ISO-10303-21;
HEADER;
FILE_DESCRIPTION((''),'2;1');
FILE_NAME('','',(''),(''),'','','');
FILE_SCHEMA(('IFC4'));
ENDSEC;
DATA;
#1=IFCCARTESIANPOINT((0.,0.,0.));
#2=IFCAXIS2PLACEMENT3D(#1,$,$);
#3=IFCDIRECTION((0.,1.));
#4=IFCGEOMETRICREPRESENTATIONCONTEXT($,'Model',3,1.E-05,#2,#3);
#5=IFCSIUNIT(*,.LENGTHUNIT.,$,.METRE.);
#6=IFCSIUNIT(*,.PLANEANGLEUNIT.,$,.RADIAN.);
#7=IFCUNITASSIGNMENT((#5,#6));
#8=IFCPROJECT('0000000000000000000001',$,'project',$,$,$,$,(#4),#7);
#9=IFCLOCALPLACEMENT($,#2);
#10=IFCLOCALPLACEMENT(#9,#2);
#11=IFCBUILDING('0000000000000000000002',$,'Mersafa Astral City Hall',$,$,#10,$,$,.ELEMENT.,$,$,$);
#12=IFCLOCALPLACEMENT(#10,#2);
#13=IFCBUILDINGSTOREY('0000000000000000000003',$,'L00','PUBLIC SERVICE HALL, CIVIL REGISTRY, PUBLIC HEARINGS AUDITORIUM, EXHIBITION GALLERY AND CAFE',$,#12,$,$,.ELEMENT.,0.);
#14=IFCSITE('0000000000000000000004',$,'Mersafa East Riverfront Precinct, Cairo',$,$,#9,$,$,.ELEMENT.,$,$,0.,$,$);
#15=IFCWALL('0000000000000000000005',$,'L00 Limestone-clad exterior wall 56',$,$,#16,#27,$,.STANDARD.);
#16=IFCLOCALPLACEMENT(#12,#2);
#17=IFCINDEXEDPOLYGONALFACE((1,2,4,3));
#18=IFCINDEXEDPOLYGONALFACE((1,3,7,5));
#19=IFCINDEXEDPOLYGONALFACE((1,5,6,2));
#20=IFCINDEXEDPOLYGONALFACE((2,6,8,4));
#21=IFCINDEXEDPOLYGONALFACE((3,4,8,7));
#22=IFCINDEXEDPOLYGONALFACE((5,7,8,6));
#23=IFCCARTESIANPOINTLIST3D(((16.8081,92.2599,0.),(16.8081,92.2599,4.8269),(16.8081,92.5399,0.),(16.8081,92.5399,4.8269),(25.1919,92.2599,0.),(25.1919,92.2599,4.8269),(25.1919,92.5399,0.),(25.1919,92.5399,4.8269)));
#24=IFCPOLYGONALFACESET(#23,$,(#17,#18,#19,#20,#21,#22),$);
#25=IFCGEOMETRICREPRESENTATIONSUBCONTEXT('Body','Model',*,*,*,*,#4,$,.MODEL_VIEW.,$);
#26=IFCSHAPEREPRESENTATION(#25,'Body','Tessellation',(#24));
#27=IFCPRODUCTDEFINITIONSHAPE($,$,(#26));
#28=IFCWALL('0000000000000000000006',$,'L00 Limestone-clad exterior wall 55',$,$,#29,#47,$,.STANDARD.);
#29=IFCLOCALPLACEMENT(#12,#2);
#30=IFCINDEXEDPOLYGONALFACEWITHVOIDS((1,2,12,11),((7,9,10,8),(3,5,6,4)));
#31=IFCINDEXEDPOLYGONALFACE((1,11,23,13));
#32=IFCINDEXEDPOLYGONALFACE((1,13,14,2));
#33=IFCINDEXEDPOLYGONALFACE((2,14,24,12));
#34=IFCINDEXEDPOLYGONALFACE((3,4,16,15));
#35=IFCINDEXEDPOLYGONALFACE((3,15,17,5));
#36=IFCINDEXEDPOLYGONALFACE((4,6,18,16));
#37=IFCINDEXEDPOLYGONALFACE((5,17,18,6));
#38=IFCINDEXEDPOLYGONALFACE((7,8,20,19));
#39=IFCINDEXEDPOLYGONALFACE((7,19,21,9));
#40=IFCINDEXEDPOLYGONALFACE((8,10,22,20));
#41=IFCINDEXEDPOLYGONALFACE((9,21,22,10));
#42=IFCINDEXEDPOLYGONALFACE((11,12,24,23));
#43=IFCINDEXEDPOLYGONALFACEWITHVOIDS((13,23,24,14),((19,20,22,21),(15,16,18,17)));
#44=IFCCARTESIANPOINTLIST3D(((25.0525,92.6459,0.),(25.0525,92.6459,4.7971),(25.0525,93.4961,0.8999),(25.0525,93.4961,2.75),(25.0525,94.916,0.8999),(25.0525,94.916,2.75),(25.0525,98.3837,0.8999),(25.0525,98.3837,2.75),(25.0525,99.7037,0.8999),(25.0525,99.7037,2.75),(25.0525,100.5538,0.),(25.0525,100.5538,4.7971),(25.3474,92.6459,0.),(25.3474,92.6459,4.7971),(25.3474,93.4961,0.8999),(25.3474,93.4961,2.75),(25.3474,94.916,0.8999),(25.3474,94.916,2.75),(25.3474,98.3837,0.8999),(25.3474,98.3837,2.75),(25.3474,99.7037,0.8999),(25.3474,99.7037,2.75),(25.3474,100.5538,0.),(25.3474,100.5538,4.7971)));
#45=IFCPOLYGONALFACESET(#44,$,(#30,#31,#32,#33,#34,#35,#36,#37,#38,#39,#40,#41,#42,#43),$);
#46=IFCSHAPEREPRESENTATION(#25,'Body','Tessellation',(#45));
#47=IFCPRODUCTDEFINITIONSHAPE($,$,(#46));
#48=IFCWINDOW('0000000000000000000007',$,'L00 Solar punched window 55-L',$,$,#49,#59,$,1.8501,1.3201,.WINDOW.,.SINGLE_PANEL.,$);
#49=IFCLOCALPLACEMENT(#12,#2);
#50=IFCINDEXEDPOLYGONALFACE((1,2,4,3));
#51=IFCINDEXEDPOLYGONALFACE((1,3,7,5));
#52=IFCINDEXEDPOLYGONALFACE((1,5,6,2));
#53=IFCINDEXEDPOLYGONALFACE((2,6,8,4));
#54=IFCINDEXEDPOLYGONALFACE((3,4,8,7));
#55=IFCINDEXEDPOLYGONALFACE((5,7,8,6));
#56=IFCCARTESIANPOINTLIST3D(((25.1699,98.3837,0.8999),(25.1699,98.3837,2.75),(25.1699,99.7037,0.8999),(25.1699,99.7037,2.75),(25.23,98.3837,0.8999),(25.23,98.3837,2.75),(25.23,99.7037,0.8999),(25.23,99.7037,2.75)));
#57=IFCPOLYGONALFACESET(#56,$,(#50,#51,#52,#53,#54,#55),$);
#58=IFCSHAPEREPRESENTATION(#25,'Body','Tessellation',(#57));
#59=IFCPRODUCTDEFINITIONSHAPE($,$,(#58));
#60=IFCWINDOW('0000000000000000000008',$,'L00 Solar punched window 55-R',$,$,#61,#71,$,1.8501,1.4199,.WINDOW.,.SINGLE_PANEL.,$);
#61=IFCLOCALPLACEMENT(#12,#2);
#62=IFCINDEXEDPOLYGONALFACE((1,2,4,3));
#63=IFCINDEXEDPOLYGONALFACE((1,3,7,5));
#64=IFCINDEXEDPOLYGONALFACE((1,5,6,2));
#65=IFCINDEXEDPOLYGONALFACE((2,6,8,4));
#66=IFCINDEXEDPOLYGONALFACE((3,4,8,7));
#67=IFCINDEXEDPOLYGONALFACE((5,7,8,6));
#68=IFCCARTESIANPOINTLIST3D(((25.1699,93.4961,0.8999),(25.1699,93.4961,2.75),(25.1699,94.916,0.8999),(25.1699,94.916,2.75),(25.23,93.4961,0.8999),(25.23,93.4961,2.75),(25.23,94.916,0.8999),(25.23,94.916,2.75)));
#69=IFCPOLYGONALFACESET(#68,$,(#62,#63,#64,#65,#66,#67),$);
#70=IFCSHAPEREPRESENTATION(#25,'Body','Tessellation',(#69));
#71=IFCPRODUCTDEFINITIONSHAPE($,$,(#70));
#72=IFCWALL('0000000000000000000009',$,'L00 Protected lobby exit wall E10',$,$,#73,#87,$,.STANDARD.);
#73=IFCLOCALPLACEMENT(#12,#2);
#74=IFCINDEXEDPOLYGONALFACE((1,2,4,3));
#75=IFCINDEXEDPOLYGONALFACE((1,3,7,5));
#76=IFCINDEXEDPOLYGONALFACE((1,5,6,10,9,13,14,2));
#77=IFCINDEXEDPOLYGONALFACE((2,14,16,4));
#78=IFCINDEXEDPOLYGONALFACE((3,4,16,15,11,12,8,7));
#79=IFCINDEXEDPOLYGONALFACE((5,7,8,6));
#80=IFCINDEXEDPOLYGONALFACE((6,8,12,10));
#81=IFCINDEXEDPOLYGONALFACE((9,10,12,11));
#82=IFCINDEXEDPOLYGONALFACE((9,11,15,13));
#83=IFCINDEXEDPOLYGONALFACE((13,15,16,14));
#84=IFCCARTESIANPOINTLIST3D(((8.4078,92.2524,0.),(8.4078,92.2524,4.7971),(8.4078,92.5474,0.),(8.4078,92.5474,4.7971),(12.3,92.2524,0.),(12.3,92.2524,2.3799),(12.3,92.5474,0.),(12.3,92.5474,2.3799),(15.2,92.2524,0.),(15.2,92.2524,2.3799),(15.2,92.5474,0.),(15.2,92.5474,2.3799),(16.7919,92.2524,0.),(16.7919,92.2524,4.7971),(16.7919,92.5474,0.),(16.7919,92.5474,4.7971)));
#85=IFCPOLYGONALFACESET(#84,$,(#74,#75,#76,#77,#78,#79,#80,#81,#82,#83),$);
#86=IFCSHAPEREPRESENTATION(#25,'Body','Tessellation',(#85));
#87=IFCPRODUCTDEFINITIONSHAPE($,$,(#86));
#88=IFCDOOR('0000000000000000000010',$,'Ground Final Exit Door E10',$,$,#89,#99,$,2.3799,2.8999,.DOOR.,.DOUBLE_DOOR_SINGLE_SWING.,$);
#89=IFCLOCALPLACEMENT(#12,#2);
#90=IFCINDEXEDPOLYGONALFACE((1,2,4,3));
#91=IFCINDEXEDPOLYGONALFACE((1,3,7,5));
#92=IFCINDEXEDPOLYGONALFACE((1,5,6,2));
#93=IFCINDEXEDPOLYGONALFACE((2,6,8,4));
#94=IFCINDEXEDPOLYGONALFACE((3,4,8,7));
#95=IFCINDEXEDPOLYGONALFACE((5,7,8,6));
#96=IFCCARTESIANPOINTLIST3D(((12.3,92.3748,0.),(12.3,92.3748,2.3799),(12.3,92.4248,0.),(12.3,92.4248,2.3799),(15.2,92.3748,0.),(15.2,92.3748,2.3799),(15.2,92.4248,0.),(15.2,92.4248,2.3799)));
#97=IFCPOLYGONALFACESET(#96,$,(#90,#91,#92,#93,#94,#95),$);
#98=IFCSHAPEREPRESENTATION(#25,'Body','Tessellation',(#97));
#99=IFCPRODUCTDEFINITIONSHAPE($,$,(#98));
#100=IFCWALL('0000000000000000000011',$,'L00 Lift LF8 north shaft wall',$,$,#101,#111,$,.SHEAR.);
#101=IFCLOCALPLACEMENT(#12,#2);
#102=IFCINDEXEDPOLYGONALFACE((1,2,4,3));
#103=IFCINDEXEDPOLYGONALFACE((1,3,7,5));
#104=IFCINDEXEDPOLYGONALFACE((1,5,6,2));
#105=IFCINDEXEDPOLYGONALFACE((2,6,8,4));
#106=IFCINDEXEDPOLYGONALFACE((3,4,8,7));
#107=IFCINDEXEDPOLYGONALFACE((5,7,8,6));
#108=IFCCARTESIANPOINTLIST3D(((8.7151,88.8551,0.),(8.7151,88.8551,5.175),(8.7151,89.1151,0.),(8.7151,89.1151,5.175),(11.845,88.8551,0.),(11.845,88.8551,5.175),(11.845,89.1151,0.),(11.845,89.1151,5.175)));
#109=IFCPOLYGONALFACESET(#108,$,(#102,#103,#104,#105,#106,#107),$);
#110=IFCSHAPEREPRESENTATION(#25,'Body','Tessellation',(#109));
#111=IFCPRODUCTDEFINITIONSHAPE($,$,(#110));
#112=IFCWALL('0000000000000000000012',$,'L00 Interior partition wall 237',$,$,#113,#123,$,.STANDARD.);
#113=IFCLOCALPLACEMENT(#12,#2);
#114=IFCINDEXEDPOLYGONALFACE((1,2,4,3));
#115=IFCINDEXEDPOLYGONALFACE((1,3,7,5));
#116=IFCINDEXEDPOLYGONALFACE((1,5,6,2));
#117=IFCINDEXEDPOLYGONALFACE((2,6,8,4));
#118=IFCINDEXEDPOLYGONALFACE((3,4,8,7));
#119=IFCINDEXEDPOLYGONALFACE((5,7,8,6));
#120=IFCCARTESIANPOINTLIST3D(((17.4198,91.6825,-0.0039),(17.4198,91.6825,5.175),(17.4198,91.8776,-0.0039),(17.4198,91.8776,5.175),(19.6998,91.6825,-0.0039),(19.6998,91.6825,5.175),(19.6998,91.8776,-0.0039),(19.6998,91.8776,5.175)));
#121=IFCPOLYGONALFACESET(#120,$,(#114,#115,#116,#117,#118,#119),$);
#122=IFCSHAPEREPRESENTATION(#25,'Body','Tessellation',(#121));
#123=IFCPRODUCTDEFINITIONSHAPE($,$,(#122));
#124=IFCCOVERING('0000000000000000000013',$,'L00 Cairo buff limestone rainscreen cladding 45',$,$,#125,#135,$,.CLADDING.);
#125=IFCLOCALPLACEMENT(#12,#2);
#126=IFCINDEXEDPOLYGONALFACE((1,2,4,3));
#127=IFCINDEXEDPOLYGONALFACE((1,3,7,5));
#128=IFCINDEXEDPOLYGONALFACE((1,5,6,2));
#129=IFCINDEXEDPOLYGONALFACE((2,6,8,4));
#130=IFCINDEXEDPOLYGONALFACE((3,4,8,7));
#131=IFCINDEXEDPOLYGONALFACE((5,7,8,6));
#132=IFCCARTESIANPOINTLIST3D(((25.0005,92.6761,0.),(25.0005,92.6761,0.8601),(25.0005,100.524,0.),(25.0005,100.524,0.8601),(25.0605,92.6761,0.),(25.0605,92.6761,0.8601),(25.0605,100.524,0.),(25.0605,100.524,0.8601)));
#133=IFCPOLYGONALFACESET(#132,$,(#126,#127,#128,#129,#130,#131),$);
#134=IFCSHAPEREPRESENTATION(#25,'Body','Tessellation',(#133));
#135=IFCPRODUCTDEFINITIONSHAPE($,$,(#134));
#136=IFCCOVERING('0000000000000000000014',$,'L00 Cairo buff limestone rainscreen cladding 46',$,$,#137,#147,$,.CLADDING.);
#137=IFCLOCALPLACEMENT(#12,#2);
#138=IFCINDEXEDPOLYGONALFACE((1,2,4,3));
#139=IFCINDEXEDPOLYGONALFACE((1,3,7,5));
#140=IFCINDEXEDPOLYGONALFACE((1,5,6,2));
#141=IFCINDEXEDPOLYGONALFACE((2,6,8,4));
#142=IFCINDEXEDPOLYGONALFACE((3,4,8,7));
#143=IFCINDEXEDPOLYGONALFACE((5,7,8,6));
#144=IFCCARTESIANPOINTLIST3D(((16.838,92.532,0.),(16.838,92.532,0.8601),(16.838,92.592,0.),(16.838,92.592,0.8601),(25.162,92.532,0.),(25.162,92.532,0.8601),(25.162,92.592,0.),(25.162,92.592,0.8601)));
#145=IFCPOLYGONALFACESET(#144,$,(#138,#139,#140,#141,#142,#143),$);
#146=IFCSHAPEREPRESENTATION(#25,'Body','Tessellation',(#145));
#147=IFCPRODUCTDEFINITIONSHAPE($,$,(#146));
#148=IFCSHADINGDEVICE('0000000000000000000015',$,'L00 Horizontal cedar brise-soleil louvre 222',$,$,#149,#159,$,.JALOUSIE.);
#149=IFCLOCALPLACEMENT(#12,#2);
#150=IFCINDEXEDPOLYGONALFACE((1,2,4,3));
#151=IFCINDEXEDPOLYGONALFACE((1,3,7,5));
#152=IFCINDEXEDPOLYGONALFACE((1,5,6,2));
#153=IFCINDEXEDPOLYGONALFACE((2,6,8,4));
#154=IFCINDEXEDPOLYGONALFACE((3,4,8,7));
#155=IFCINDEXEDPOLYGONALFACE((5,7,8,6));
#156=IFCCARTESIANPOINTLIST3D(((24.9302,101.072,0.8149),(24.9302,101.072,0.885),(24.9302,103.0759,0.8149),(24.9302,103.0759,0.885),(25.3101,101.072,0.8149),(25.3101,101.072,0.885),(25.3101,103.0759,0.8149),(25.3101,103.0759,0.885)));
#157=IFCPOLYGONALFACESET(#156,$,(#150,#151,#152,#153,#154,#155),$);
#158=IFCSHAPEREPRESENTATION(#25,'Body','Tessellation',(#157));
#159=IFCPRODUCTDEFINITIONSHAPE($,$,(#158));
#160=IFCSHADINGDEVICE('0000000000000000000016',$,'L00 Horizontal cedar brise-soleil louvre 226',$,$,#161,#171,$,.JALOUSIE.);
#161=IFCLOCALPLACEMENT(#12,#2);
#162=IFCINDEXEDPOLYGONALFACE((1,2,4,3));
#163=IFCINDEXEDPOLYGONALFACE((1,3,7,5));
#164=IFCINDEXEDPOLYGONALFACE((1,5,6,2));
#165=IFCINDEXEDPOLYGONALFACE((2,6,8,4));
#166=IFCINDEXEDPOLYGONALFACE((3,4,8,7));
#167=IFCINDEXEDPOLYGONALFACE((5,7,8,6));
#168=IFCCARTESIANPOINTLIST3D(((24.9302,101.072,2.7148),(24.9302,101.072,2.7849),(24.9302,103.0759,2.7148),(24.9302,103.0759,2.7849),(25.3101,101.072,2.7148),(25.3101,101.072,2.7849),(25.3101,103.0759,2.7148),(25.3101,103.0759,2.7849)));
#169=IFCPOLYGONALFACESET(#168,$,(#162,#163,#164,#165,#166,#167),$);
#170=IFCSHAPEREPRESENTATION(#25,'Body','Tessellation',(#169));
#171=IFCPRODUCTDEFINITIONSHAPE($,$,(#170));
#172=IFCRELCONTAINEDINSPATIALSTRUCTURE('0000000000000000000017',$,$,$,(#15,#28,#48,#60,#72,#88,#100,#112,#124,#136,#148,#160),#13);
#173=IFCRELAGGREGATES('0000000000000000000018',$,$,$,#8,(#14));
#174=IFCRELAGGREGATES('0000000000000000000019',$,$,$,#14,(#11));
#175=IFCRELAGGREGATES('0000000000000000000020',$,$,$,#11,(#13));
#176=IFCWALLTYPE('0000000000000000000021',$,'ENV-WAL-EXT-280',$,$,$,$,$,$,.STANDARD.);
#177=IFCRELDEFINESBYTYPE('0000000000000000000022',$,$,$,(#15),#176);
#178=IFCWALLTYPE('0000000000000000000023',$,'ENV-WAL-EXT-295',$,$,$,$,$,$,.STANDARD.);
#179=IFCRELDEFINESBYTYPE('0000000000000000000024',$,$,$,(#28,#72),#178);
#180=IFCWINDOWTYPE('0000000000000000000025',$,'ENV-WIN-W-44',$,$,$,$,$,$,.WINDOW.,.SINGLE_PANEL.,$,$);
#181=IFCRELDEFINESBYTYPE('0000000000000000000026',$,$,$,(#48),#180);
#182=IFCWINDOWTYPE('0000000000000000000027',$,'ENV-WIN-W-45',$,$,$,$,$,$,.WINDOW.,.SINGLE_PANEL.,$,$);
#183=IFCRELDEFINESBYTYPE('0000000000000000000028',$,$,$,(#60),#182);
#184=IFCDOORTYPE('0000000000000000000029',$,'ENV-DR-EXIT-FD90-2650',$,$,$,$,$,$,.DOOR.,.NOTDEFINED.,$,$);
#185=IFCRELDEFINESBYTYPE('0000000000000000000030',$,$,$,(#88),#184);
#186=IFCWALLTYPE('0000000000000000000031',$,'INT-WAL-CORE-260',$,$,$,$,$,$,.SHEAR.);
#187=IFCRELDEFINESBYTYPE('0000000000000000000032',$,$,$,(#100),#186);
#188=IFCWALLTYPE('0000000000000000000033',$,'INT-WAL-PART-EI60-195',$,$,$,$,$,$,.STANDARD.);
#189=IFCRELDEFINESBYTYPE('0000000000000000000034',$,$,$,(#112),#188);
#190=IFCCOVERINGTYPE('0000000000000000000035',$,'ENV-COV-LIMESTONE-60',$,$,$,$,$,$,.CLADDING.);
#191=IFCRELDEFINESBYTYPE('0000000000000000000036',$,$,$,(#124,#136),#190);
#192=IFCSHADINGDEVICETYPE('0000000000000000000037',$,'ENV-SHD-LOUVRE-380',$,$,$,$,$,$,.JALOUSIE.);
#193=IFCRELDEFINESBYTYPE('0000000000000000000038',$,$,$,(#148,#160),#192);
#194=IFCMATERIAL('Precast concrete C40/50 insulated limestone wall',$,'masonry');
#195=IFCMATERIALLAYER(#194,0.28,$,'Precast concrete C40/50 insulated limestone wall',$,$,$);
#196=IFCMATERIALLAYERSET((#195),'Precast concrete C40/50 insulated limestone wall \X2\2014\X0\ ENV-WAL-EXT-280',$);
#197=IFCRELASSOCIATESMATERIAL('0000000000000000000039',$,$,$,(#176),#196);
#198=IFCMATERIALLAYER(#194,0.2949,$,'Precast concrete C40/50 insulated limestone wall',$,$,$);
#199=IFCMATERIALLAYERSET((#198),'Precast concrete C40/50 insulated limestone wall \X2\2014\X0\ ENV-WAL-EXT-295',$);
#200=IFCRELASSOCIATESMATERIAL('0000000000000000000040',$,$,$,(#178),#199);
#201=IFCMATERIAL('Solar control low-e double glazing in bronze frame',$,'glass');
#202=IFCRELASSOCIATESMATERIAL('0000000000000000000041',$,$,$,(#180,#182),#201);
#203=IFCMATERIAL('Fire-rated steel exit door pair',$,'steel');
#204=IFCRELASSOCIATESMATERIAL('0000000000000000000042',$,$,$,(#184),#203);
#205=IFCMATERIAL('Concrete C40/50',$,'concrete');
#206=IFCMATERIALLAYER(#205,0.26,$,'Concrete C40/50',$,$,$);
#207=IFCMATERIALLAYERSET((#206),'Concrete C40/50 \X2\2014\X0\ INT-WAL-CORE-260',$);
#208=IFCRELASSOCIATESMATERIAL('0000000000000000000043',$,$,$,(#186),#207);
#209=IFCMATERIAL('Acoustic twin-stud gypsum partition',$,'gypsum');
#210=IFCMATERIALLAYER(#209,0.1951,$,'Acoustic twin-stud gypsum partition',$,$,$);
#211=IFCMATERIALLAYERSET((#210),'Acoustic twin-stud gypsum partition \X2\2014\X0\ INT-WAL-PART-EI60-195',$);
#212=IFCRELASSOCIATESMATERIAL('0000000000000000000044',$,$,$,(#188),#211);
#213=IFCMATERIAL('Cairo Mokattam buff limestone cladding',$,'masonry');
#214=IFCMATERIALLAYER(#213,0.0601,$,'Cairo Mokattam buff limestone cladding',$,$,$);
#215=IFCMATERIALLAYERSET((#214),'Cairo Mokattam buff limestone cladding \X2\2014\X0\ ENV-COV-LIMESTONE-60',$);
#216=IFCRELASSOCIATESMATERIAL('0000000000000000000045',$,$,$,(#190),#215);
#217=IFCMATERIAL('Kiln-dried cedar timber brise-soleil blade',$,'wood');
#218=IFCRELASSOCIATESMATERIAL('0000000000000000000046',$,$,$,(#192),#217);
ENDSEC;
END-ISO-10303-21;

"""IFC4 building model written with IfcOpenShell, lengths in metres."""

from ifc_helpers import new_model, si_unit, direction, frame, frame_2d, origin, origin_2d, place, context, subcontext, project, spatial, rectangle, extrude, material, layer, layer_set, type_object, element, fill, save


model = new_model("IFC4")

# Units and contexts
model_context = context("Model", 3, precision=1e-05, world=origin(), true_north=direction((0.0, 1.0)))
body_context = subcontext(model_context, "Body", "Model", "MODEL_VIEW")
ifc_project = project(units=[si_unit("LENGTHUNIT", "METRE"), si_unit("PLANEANGLEUNIT", "RADIAN")], contexts=[model_context])

# Site, building, storey
site_placement = place(None, origin())
site = spatial("IfcSite", under=ifc_project, at=site_placement, Name="Mersafa East Riverfront Precinct, Cairo", CompositionType="ELEMENT", RefElevation=0.0)
building_placement = place(site_placement, origin())
building = spatial("IfcBuilding", under=site, at=building_placement, Name="Mersafa Astral City Hall", CompositionType="ELEMENT")
storey_placement = place(building_placement, origin())
storey = spatial("IfcBuildingStorey", under=building, at=storey_placement, Name="L00", Description="PUBLIC SERVICE HALL, CIVIL REGISTRY, PUBLIC HEARINGS AUDITORIUM, EXHIBITION GALLERY AND CAFE", CompositionType="ELEMENT", Elevation=0.0)

# Wall
ifc_material_1 = material(Name="Precast concrete C40/50 insulated limestone wall", Category="masonry")
ifc_layer_1 = layer(ifc_material_1, 0.28, Name="Precast concrete C40/50 insulated limestone wall")
ifc_layer_set_1 = layer_set([ifc_layer_1], Name="Precast concrete C40/50 insulated limestone wall — ENV-WAL-EXT-280")
wall_type_1 = type_object("IfcWallType", Name="ENV-WAL-EXT-280", PredefinedType="STANDARD", material=ifc_layer_set_1)
wall_1_placement = place(storey_placement, frame((25.1919, 92.3999, 0.0), z_axis=(0.0, 0.0, 1.0), x_axis=(-1.0, 0.0, 0.0)))
element("IfcWall", 1, at=wall_1_placement, inside=storey, type_object=wall_type_1, Name="L00 Limestone-clad exterior wall 56", PredefinedType="STANDARD", context=body_context, shape_type="SweptSolid", body=[
    extrude(rectangle(XDim=8.3838, YDim=0.28, at=frame_2d((4.1919, 0.0))), origin(), (0.0, 0.0, 1.0), 4.8269),
])

# Wall, openings, windows
ifc_layer_2 = layer(ifc_material_1, 0.2949, Name="Precast concrete C40/50 insulated limestone wall")
ifc_layer_set_2 = layer_set([ifc_layer_2], Name="Precast concrete C40/50 insulated limestone wall — ENV-WAL-EXT-295")
wall_type_2 = type_object("IfcWallType", Name="ENV-WAL-EXT-295", PredefinedType="STANDARD", material=ifc_layer_set_2)
wall_2_placement = place(storey_placement, frame((25.2, 100.554, 0.0), z_axis=(0.0, 0.0, 1.0), x_axis=(0.0, -1.0, 0.0)))
wall_2 = element("IfcWall", 2, at=wall_2_placement, inside=storey, type_object=wall_type_2, Name="L00 Limestone-clad exterior wall 55", PredefinedType="STANDARD", context=body_context, shape_type="SweptSolid", body=[
    extrude(rectangle(XDim=7.908, YDim=0.2949, at=frame_2d((3.9541, 0.0))), origin(), (0.0, 0.0, 1.0), 4.7971),
])
opening_1_placement = place(wall_2_placement, frame((0.8501, 0.0, 0.8999)))
opening_1 = element("IfcOpeningElement", 3, at=opening_1_placement, cuts=wall_2, PredefinedType="OPENING", context=body_context, shape_type="SweptSolid", body=[
    extrude(rectangle(XDim=1.3201, YDim=1.8501, at=frame_2d((0.6602, 0.925))), frame((0.0, 0.1575, 0.0), z_axis=(0.0, -1.0, 0.0), x_axis=(1.0, 0.0, 0.0)), (0.0, 0.0, 1.0), 0.3149),
])
opening_2_placement = place(wall_2_placement, frame((5.6379, 0.0, 0.8999)))
opening_2 = element("IfcOpeningElement", 4, at=opening_2_placement, cuts=wall_2, PredefinedType="OPENING", context=body_context, shape_type="SweptSolid", body=[
    extrude(rectangle(XDim=1.4199, YDim=1.8501, at=frame_2d((0.71, 0.925))), frame((0.0, 0.1575, 0.0), z_axis=(0.0, -1.0, 0.0), x_axis=(1.0, 0.0, 0.0)), (0.0, 0.0, 1.0), 0.3149),
])
ifc_material_2 = material(Name="Solar control low-e double glazing in bronze frame", Category="glass")
window_type_1 = type_object("IfcWindowType", Name="ENV-WIN-W-44", PartitioningType="SINGLE_PANEL", PredefinedType="WINDOW", material=ifc_material_2)
window_1_placement = place(opening_1_placement, origin())
window_1 = element("IfcWindow", 5, at=window_1_placement, inside=storey, type_object=window_type_1, Name="L00 Solar punched window 55-L", OverallHeight=1.8501, OverallWidth=1.3201, PartitioningType="SINGLE_PANEL", PredefinedType="WINDOW", context=body_context, shape_type="SweptSolid", body=[
    extrude(rectangle(XDim=1.3201, YDim=1.8501, at=frame_2d((0.6602, 0.925))), frame((0.0, 0.03, 0.0), z_axis=(0.0, -1.0, 0.0), x_axis=(1.0, 0.0, 0.0)), (0.0, 0.0, 1.0), 0.0601),
])
fill(opening_1, window_1)
window_type_2 = type_object("IfcWindowType", Name="ENV-WIN-W-45", PartitioningType="SINGLE_PANEL", PredefinedType="WINDOW", material=ifc_material_2)
window_2_placement = place(opening_2_placement, origin())
window_2 = element("IfcWindow", 6, at=window_2_placement, inside=storey, type_object=window_type_2, Name="L00 Solar punched window 55-R", OverallHeight=1.8501, OverallWidth=1.4199, PartitioningType="SINGLE_PANEL", PredefinedType="WINDOW", context=body_context, shape_type="SweptSolid", body=[
    extrude(rectangle(XDim=1.4199, YDim=1.8501, at=frame_2d((0.71, 0.925))), frame((0.0, 0.03, 0.0), z_axis=(0.0, -1.0, 0.0), x_axis=(1.0, 0.0, 0.0)), (0.0, 0.0, 1.0), 0.0601),
])
fill(opening_2, window_2)

# Wall, opening, door
wall_3_placement = place(storey_placement, frame((8.408, 92.3999, 0.0), z_axis=(0.0, 0.0, 1.0), x_axis=(1.0, 0.0, 0.0)))
wall_3 = element("IfcWall", 7, at=wall_3_placement, inside=storey, type_object=wall_type_2, Name="L00 Protected lobby exit wall E10", PredefinedType="STANDARD", context=body_context, shape_type="SweptSolid", body=[
    extrude(rectangle(XDim=8.384, YDim=0.2949, at=frame_2d((4.1919, 0.0))), origin(), (0.0, 0.0, 1.0), 4.7971),
])
opening_3_placement = place(wall_3_placement, frame((3.8921, 0.0, 0.0)))
opening_3 = element("IfcOpeningElement", 8, at=opening_3_placement, cuts=wall_3, PredefinedType="OPENING", context=body_context, shape_type="SweptSolid", body=[
    extrude(rectangle(XDim=2.8999, YDim=2.3799, at=frame_2d((1.45, 1.1899))), frame((0.0, 0.1575, 0.0), z_axis=(0.0, -1.0, 0.0), x_axis=(1.0, 0.0, 0.0)), (0.0, 0.0, 1.0), 0.3149),
])
ifc_material_3 = material(Name="Fire-rated steel exit door pair", Category="steel")
door_type = type_object("IfcDoorType", Name="ENV-DR-EXIT-FD90-2650", OperationType="NOTDEFINED", PredefinedType="DOOR", material=ifc_material_3)
door_placement = place(opening_3_placement, origin())
door = element("IfcDoor", 9, at=door_placement, inside=storey, type_object=door_type, Name="Ground Final Exit Door E10", OperationType="DOUBLE_DOOR_SINGLE_SWING", OverallHeight=2.3799, OverallWidth=2.8999, PredefinedType="DOOR", context=body_context, shape_type="SweptSolid", body=[
    extrude(rectangle(XDim=2.8999, YDim=2.3799, at=frame_2d((1.45, 1.1899))), frame((0.0, 0.0249, 0.0), z_axis=(0.0, -1.0, 0.0), x_axis=(1.0, 0.0, 0.0)), (0.0, 0.0, 1.0), 0.05),
])
fill(opening_3, door)

# Walls
ifc_material_4 = material(Name="Concrete C40/50", Category="concrete")
ifc_layer_3 = layer(ifc_material_4, 0.26, Name="Concrete C40/50")
ifc_layer_set_3 = layer_set([ifc_layer_3], Name="Concrete C40/50 — INT-WAL-CORE-260")
wall_type_3 = type_object("IfcWallType", Name="INT-WAL-CORE-260", PredefinedType="SHEAR", material=ifc_layer_set_3)
wall_4_placement = place(storey_placement, frame((8.7151, 88.9851, 0.0), z_axis=(0.0, 0.0, 1.0), x_axis=(1.0, 0.0, 0.0)))
element("IfcWall", 10, at=wall_4_placement, inside=storey, type_object=wall_type_3, Name="L00 Lift LF8 north shaft wall", PredefinedType="SHEAR", context=body_context, shape_type="SweptSolid", body=[
    extrude(rectangle(XDim=3.1299, YDim=0.26, at=frame_2d((1.5649, 0.0))), origin(), (0.0, 0.0, 1.0), 5.175),
])
ifc_material_5 = material(Name="Acoustic twin-stud gypsum partition", Category="gypsum")
ifc_layer_4 = layer(ifc_material_5, 0.1951, Name="Acoustic twin-stud gypsum partition")
ifc_layer_set_4 = layer_set([ifc_layer_4], Name="Acoustic twin-stud gypsum partition — INT-WAL-PART-EI60-195")
wall_type_4 = type_object("IfcWallType", Name="INT-WAL-PART-EI60-195", PredefinedType="STANDARD", material=ifc_layer_set_4)
wall_5_placement = place(storey_placement, frame((19.7, 91.78, -0.0039), z_axis=(0.0, 0.0, 1.0), x_axis=(-1.0, 0.0, 0.0)))
element("IfcWall", 11, at=wall_5_placement, inside=storey, type_object=wall_type_4, Name="L00 Interior partition wall 237", PredefinedType="STANDARD", context=body_context, shape_type="SweptSolid", body=[
    extrude(rectangle(XDim=2.28, YDim=0.1951, at=frame_2d((1.1401, 0.0))), origin(), (0.0, 0.0, 1.0), 5.179),
])

# Coverings
ifc_material_6 = material(Name="Cairo Mokattam buff limestone cladding", Category="masonry")
ifc_layer_5 = layer(ifc_material_6, 0.0601, Name="Cairo Mokattam buff limestone cladding")
ifc_layer_set_5 = layer_set([ifc_layer_5], Name="Cairo Mokattam buff limestone cladding — ENV-COV-LIMESTONE-60")
covering_type = type_object("IfcCoveringType", Name="ENV-COV-LIMESTONE-60", PredefinedType="CLADDING", material=ifc_layer_set_5)
covering_1_placement = place(storey_placement, frame((25.0305, 96.6001, 0.0), z_axis=(0.0, 0.0, 1.0), x_axis=(0.0, -1.0, 0.0)))
element("IfcCovering", 12, at=covering_1_placement, inside=storey, type_object=covering_type, Name="L00 Cairo buff limestone rainscreen cladding 45", PredefinedType="CLADDING", context=body_context, shape_type="SweptSolid", body=[
    extrude(rectangle(XDim=7.8479, YDim=0.0601, at=origin_2d()), origin(), (0.0, 0.0, 1.0), 0.8601),
])
covering_2_placement = place(storey_placement, frame((21.0, 92.562, 0.0), z_axis=(0.0, 0.0, 1.0), x_axis=(-1.0, 0.0, 0.0)))
element("IfcCovering", 13, at=covering_2_placement, inside=storey, type_object=covering_type, Name="L00 Cairo buff limestone rainscreen cladding 46", PredefinedType="CLADDING", context=body_context, shape_type="SweptSolid", body=[
    extrude(rectangle(XDim=8.324, YDim=0.0601, at=origin_2d()), origin(), (0.0, 0.0, 1.0), 0.8601),
])

# Shading devices
ifc_material_7 = material(Name="Kiln-dried cedar timber brise-soleil blade", Category="wood")
shading_device_type = type_object("IfcShadingDeviceType", Name="ENV-SHD-LOUVRE-380", PredefinedType="JALOUSIE", material=ifc_material_7)
for number, where, z_axis, x_axis, name in (
    (14, (25.1201, 102.074, 0.8149), (0.0, 0.0, 1.0), (0.0, -1.0, 0.0), "L00 Horizontal cedar brise-soleil louvre 222"),
    (15, (25.1201, 102.074, 2.7148), (0.0, 0.0, 1.0), (0.0, -1.0, 0.0), "L00 Horizontal cedar brise-soleil louvre 226"),
):
    element("IfcShadingDevice", number, at=place(storey_placement, frame(where, z_axis=z_axis, x_axis=x_axis)), inside=storey, type_object=shading_device_type, Name=name, PredefinedType="JALOUSIE", context=body_context, shape_type="SweptSolid", body=[
        extrude(rectangle(XDim=2.0039, YDim=0.3799, at=origin_2d()), origin(), (0.0, 0.0, 1.0), 0.0701),
    ])

save(model, "model.ifc")
